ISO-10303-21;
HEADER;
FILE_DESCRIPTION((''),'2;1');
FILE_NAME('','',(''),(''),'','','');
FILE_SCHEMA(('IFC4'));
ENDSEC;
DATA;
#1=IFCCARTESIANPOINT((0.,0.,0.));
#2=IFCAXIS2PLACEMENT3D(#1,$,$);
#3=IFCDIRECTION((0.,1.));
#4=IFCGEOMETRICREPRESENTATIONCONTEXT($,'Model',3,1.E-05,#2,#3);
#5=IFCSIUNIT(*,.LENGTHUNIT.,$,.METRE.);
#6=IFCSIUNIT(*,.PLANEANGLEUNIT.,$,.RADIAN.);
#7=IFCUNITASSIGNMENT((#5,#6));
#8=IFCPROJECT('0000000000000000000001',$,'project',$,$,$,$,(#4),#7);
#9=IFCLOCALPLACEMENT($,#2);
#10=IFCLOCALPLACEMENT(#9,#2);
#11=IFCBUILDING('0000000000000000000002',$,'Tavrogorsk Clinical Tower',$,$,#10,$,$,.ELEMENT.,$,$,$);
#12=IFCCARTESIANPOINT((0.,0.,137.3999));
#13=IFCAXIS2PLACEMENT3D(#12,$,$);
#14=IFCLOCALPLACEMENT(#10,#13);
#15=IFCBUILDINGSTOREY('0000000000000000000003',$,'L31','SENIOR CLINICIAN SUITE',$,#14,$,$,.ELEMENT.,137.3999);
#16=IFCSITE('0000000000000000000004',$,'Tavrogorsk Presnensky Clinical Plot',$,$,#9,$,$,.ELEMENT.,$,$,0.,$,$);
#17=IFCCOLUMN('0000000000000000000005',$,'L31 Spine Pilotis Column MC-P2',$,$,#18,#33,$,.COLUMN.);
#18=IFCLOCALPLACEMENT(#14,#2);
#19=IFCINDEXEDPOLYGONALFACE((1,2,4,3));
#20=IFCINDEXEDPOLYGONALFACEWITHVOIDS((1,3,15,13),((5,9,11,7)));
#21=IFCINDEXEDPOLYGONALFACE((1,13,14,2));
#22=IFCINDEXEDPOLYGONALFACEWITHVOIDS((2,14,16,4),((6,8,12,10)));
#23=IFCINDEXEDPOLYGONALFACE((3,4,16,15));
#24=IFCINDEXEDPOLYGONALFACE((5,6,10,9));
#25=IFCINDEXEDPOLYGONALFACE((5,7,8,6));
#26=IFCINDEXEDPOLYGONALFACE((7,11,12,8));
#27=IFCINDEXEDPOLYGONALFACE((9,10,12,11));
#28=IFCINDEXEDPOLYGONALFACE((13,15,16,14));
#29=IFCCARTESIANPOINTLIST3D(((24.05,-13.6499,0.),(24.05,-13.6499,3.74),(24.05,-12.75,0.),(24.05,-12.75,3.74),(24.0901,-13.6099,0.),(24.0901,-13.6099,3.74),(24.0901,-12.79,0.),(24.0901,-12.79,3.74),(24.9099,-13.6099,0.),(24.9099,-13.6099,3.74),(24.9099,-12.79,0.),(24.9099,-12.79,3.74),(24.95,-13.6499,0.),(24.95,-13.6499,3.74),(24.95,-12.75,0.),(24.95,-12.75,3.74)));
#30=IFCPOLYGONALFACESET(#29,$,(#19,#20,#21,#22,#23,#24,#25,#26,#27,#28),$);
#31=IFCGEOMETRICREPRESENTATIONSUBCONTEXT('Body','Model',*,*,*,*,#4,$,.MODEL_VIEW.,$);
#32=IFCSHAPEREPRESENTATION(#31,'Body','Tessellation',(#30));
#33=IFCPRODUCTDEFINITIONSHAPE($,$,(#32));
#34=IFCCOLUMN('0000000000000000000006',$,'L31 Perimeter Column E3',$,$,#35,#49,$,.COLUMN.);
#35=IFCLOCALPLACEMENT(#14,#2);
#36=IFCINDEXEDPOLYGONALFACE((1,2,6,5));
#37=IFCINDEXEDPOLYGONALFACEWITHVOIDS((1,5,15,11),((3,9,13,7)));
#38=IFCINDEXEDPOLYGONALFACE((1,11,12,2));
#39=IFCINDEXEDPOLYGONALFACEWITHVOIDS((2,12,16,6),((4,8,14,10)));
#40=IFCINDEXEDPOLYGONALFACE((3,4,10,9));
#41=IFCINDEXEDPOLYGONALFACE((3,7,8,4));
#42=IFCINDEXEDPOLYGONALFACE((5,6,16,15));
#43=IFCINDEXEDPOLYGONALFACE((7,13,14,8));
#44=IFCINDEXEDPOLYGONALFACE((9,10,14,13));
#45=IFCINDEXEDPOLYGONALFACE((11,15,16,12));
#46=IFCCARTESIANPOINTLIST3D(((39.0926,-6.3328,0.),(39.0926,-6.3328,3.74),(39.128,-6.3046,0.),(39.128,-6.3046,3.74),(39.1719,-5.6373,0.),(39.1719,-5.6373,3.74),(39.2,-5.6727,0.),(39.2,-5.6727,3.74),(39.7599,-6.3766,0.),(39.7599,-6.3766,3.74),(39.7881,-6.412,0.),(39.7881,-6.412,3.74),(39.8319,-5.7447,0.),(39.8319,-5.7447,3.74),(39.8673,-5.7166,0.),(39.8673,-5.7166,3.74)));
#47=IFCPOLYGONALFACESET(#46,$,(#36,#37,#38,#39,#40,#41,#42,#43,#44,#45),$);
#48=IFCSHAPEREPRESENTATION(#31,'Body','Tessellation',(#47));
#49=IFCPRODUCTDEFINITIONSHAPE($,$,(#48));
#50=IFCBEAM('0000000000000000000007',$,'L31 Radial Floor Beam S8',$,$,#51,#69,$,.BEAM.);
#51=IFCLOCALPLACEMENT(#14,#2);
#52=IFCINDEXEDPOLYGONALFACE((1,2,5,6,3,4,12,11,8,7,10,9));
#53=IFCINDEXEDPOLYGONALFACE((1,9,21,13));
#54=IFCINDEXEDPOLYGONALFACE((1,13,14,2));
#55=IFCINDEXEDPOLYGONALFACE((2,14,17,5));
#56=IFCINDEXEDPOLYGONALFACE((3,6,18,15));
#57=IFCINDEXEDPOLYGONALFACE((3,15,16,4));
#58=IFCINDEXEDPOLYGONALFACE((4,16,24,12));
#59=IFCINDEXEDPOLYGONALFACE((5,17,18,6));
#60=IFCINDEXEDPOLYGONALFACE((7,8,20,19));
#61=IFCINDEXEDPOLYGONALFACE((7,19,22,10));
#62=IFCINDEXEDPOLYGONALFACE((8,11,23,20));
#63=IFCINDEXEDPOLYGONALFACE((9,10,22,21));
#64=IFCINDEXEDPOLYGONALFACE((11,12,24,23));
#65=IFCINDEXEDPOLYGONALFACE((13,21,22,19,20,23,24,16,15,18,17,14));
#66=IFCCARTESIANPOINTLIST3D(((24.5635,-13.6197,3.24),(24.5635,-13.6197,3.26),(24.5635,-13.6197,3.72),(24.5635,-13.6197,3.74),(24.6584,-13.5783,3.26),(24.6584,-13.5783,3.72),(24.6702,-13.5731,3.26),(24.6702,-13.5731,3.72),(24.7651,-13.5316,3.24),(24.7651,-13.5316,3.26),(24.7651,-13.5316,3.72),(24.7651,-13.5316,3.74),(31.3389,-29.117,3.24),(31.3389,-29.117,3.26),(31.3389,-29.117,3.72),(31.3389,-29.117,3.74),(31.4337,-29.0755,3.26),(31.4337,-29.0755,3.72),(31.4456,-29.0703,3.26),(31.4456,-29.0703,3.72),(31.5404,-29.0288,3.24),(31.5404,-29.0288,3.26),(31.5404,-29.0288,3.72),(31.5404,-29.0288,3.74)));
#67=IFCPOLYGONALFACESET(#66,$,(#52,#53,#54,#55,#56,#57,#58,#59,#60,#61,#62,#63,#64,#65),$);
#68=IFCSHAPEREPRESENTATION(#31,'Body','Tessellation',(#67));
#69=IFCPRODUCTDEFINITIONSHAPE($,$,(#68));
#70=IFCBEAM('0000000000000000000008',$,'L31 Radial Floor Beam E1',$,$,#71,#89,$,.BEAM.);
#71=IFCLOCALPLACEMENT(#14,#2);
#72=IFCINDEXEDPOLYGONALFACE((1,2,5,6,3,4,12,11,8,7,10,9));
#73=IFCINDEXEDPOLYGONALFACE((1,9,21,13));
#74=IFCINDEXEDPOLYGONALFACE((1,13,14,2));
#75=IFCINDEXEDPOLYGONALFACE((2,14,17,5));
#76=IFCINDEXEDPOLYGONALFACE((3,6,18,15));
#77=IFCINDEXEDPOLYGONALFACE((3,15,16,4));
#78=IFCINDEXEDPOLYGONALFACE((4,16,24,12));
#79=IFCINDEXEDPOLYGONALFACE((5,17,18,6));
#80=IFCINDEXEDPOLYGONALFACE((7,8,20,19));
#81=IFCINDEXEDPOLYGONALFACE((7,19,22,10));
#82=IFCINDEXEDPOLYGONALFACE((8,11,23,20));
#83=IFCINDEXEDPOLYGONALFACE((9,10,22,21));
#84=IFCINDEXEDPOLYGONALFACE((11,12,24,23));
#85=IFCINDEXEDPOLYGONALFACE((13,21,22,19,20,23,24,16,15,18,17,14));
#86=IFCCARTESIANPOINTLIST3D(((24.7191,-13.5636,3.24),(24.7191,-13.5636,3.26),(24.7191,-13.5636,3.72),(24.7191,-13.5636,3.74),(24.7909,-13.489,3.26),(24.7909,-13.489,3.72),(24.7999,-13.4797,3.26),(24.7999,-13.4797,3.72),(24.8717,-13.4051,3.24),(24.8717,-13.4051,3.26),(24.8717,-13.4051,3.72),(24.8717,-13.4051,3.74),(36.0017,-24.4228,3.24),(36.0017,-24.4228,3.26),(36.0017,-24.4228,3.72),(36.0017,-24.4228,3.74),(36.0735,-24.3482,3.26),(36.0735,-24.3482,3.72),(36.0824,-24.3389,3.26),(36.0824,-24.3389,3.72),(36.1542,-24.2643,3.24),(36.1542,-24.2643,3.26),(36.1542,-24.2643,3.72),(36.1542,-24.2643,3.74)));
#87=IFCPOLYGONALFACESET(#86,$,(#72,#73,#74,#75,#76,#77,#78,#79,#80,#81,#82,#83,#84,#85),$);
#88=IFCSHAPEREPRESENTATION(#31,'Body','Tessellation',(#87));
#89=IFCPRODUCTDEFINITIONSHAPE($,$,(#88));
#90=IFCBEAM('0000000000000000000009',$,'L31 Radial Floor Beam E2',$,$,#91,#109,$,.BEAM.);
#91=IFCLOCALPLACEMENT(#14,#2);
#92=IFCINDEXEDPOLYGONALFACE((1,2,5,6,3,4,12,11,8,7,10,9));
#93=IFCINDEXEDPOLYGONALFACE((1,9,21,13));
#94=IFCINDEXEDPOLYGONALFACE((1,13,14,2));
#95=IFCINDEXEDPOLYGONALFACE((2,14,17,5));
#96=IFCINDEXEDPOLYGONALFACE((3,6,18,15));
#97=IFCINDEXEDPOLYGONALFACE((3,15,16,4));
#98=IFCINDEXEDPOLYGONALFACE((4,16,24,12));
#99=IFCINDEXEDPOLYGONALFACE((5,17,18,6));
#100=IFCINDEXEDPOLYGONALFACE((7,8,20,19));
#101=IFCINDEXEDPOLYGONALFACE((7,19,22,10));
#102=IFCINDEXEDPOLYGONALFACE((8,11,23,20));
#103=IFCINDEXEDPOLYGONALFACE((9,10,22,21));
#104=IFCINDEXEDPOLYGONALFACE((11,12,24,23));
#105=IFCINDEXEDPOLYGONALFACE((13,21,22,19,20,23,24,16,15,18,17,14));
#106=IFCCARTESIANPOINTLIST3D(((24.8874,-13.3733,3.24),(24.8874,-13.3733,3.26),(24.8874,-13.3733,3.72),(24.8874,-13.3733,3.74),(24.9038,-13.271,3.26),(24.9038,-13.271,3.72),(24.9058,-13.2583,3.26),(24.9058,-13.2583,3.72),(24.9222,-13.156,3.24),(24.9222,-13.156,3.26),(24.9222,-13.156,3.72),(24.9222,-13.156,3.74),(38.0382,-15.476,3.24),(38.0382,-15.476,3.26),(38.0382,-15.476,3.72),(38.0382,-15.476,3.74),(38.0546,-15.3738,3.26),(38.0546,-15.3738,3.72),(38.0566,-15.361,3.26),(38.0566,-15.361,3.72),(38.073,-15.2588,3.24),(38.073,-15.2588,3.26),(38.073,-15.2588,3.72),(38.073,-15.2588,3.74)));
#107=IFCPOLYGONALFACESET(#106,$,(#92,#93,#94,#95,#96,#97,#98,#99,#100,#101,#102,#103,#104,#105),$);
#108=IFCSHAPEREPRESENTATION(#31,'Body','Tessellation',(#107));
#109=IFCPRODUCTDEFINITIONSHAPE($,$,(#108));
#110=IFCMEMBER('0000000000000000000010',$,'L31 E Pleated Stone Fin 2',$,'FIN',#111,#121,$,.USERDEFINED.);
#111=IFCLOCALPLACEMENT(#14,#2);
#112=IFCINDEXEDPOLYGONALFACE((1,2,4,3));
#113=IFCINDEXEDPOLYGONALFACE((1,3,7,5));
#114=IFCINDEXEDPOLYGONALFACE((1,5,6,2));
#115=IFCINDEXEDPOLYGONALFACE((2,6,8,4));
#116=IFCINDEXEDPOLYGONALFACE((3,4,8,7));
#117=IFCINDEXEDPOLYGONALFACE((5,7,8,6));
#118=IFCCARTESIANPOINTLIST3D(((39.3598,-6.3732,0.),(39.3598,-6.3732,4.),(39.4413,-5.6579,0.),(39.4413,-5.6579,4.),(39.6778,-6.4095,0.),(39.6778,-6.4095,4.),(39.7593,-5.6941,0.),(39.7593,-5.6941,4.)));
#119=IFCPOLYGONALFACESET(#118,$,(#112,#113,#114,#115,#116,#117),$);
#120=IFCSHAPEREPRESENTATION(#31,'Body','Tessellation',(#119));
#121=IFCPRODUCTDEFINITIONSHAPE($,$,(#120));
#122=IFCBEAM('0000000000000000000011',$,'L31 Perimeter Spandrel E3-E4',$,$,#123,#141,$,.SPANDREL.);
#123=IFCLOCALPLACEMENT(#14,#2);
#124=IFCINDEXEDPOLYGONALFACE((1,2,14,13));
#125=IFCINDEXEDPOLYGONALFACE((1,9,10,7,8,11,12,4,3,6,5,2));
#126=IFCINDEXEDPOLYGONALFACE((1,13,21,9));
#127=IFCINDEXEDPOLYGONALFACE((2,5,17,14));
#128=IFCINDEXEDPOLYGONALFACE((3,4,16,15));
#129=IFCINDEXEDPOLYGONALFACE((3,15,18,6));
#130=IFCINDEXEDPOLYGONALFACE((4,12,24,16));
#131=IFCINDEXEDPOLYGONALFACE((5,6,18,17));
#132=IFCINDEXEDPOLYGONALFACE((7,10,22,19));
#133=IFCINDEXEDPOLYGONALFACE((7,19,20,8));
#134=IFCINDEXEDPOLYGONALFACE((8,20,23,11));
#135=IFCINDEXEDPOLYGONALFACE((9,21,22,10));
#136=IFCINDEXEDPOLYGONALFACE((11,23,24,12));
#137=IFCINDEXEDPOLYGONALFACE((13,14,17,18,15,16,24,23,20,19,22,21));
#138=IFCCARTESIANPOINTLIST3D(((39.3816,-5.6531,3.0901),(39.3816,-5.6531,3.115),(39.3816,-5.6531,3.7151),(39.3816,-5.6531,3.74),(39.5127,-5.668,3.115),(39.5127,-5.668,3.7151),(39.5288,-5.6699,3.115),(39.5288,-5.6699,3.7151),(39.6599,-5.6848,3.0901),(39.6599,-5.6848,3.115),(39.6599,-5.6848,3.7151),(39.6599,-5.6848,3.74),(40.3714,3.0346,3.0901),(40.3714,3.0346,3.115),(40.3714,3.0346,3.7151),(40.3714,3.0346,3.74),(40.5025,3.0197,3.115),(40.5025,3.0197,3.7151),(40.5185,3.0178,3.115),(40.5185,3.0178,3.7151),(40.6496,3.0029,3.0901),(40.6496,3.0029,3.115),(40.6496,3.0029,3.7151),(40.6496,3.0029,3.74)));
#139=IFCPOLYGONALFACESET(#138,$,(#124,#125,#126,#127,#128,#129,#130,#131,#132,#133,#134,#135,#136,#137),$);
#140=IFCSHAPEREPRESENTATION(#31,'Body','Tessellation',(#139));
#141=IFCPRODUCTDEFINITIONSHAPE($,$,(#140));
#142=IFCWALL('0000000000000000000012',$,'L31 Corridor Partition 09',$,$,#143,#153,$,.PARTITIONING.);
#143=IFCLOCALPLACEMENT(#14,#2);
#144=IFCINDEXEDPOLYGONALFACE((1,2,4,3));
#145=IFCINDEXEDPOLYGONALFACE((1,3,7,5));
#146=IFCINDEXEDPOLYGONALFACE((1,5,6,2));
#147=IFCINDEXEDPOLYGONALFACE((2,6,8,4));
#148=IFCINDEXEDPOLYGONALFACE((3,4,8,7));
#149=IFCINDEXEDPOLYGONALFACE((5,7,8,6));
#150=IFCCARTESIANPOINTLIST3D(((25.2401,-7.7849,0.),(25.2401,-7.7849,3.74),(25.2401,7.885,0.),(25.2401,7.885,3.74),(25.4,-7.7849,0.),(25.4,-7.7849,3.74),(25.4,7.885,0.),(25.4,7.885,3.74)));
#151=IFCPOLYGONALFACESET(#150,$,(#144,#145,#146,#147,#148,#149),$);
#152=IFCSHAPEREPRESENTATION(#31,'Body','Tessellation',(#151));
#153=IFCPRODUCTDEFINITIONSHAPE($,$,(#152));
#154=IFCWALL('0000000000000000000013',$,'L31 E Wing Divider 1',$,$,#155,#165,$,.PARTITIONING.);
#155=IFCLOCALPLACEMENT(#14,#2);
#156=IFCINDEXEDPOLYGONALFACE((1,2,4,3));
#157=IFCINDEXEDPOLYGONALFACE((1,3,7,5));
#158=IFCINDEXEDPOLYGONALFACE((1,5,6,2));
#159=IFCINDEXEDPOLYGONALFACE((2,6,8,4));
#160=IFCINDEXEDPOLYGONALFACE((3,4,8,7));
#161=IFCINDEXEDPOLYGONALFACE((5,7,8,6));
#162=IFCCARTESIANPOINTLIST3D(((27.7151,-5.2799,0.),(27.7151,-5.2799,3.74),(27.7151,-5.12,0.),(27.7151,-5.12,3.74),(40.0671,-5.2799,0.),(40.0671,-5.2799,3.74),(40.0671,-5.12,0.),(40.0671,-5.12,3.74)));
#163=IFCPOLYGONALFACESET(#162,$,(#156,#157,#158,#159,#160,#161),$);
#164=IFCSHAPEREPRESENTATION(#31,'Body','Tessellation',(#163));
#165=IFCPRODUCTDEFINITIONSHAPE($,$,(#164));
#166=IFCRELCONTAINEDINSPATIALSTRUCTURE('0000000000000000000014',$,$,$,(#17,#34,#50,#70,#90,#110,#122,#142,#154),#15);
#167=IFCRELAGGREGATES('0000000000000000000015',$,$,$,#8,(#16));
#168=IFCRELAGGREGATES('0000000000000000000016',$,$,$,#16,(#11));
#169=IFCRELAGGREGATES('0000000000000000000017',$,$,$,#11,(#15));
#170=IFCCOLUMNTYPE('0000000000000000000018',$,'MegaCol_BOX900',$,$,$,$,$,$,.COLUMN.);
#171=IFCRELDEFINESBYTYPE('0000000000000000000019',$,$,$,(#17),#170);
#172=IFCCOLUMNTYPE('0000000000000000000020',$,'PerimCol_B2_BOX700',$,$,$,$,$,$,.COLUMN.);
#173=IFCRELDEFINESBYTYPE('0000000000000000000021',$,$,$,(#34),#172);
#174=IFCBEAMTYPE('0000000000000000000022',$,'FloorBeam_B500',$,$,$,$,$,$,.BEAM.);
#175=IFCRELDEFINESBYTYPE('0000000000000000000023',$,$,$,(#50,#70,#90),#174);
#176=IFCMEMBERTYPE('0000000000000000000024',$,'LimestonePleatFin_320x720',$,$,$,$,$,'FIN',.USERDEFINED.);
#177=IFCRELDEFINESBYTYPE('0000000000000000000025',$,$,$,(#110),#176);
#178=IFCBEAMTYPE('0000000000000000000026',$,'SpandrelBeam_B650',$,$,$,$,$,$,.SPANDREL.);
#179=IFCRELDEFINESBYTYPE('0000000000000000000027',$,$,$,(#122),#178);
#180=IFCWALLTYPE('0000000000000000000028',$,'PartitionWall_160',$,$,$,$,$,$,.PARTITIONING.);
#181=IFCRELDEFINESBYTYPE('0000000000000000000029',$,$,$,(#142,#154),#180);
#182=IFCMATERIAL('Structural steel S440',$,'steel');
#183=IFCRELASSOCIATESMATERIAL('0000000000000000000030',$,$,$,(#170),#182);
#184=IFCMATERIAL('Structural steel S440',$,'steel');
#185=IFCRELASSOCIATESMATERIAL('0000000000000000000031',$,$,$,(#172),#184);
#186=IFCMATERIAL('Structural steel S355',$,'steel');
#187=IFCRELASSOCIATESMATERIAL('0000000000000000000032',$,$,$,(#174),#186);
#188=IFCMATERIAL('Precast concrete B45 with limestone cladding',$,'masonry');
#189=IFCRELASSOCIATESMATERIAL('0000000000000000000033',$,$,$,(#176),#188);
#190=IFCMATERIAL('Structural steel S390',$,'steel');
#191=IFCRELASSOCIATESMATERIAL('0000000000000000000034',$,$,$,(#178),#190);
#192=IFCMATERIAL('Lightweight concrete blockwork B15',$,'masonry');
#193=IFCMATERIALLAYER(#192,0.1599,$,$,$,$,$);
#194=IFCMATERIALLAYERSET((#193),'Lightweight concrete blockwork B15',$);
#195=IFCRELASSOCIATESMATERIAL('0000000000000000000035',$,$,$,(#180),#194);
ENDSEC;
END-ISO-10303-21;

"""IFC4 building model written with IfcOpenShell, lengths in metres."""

from ifc_helpers import new_model, si_unit, direction, frame, frame_2d, origin, origin_2d, place, context, subcontext, project, spatial, rectangle, hollow_rectangle, i_section, extrude, material, layer, layer_set, material_profile, profile_set, type_object, element, save


model = new_model("IFC4")

# Units and contexts
model_context = context("Model", 3, precision=1e-05, world=origin(), true_north=direction((0.0, 1.0)))
body_context = subcontext(model_context, "Body", "Model", "MODEL_VIEW")
ifc_project = project(units=[si_unit("LENGTHUNIT", "METRE"), si_unit("PLANEANGLEUNIT", "RADIAN")], contexts=[model_context])

# Site, building, storey
site_placement = place(None, origin())
site = spatial("IfcSite", under=ifc_project, at=site_placement, Name="Tavrogorsk Presnensky Clinical Plot", CompositionType="ELEMENT", RefElevation=0.0)
building_placement = place(site_placement, origin())
building = spatial("IfcBuilding", under=site, at=building_placement, Name="Tavrogorsk Clinical Tower", CompositionType="ELEMENT")
storey_placement = place(building_placement, frame((0.0, 0.0, 137.3999)))
storey = spatial("IfcBuildingStorey", under=building, at=storey_placement, Name="L31", Description="SENIOR CLINICIAN SUITE", CompositionType="ELEMENT", Elevation=137.3999)

# Columns
ifc_material_1 = material(Name="Structural steel S440", Category="steel")
ifc_material_profile_1 = material_profile(ifc_material_1, hollow_rectangle(XDim=0.8999, YDim=0.8999, WallThickness=0.04, at=origin_2d()), Name="BOX-900x900x40")
ifc_profile_set_1 = profile_set([ifc_material_profile_1], Name="Structural steel S440")
column_type_1 = type_object("IfcColumnType", Name="MegaCol_BOX900", PredefinedType="COLUMN", material=ifc_profile_set_1)
column_1_placement = place(storey_placement, frame((24.5, -13.2, 0.0), z_axis=(0.0, 0.0, 1.0), x_axis=(1.0, 0.0, 0.0)))
element("IfcColumn", 1, at=column_1_placement, inside=storey, type_object=column_type_1, Name="L31 Spine Pilotis Column MC-P2", PredefinedType="COLUMN", context=body_context, shape_type="SweptSolid", body=[
    extrude(hollow_rectangle(XDim=0.8999, YDim=0.8999, WallThickness=0.04, at=origin_2d()), origin(), (0.0, 0.0, 1.0), 3.74),
])
ifc_material_2 = material(Name="Structural steel S440", Category="steel")
ifc_material_profile_2 = material_profile(ifc_material_2, hollow_rectangle(XDim=0.7, YDim=0.7, WallThickness=0.032, at=origin_2d()), Name="BOX-700x700x32")
ifc_profile_set_2 = profile_set([ifc_material_profile_2], Name="Structural steel S440")
column_type_2 = type_object("IfcColumnType", Name="PerimCol_B2_BOX700", PredefinedType="COLUMN", material=ifc_profile_set_2)
column_2_placement = place(storey_placement, frame((39.48, -6.0247, 0.0), z_axis=(0.0, 0.0, 1.0), x_axis=(0.993572, -0.113203, 0.0)))
element("IfcColumn", 2, at=column_2_placement, inside=storey, type_object=column_type_2, Name="L31 Perimeter Column E3", PredefinedType="COLUMN", context=body_context, shape_type="SweptSolid", body=[
    extrude(hollow_rectangle(XDim=0.7, YDim=0.7, WallThickness=0.032, at=origin_2d()), origin(), (0.0, 0.0, 1.0), 3.74),
])

# Beams
ifc_material_3 = material(Name="Structural steel S355", Category="steel")
ifc_material_profile_3 = material_profile(ifc_material_3, i_section(OverallWidth=0.22, OverallDepth=0.5, WebThickness=0.0129, FlangeThickness=0.02, at=origin_2d()), Name="B-500x220x13x20")
ifc_profile_set_3 = profile_set([ifc_material_profile_3], Name="Structural steel S355")
beam_type_1 = type_object("IfcBeamType", Name="FloorBeam_B500", PredefinedType="BEAM", material=ifc_profile_set_3)
beam_1_placement = place(storey_placement, frame((24.6643, -13.5757, 3.49), z_axis=(0.400586, -0.916259, 0.0), x_axis=(0.916259, 0.400586, 0.0)))
element("IfcBeam", 3, at=beam_1_placement, inside=storey, type_object=beam_type_1, Name="L31 Radial Floor Beam S8", PredefinedType="BEAM", context=body_context, shape_type="SweptSolid", body=[
    extrude(i_section(OverallWidth=0.22, OverallDepth=0.5, WebThickness=0.0129, FlangeThickness=0.02, at=origin_2d()), origin(), (0.0, 0.0, 1.0), 16.9136),
])
beam_2_placement = place(storey_placement, frame((24.7954, -13.4844, 3.49), z_axis=(0.720495, -0.69346, 0.0), x_axis=(0.69346, 0.720495, 0.0)))
element("IfcBeam", 4, at=beam_2_placement, inside=storey, type_object=beam_type_1, Name="L31 Radial Floor Beam E1", PredefinedType="BEAM", context=body_context, shape_type="SweptSolid", body=[
    extrude(i_section(OverallWidth=0.22, OverallDepth=0.5, WebThickness=0.0129, FlangeThickness=0.02, at=origin_2d()), origin(), (0.0, 0.0, 1.0), 15.6594),
])
beam_3_placement = place(storey_placement, frame((24.9048, -13.2646, 3.49), z_axis=(0.987457, -0.157891, 0.0), x_axis=(0.157891, 0.987457, 0.0)))
element("IfcBeam", 5, at=beam_3_placement, inside=storey, type_object=beam_type_1, Name="L31 Radial Floor Beam E2", PredefinedType="BEAM", context=body_context, shape_type="SweptSolid", body=[
    extrude(i_section(OverallWidth=0.22, OverallDepth=0.5, WebThickness=0.0129, FlangeThickness=0.02, at=origin_2d()), origin(), (0.0, 0.0, 1.0), 13.3179),
])

# Member
ifc_material_4 = material(Name="Precast concrete B45 with limestone cladding", Category="masonry")
ifc_material_profile_4 = material_profile(ifc_material_4, rectangle(XDim=0.3201, YDim=0.72, at=origin_2d()), Name="LIMESTONE-FIN-320x720")
ifc_profile_set_4 = profile_set([ifc_material_profile_4], Name="Precast concrete B45 with limestone cladding")
member_type = type_object("IfcMemberType", Name="LimestonePleatFin_320x720", ElementType="FIN", PredefinedType="USERDEFINED", material=ifc_profile_set_4)
member_placement = place(storey_placement, frame((39.5596, -6.0337, 0.0), z_axis=(0.0, 0.0, 1.0), x_axis=(0.993572, -0.113203, 0.0)))
element("IfcMember", 6, at=member_placement, inside=storey, type_object=member_type, Name="L31 E Pleated Stone Fin 2", ObjectType="FIN", PredefinedType="USERDEFINED", context=body_context, shape_type="SweptSolid", body=[
    extrude(rectangle(XDim=0.3201, YDim=0.72, at=origin_2d()), origin(), (0.0, 0.0, 1.0), 4.0),
])

# Beam
ifc_material_5 = material(Name="Structural steel S390", Category="steel")
ifc_material_profile_5 = material_profile(ifc_material_5, i_section(OverallWidth=0.28, OverallDepth=0.6499, WebThickness=0.0161, FlangeThickness=0.0249, at=origin_2d()), Name="B-650x280x16x25")
ifc_profile_set_5 = profile_set([ifc_material_profile_5], Name="Structural steel S390")
beam_type_2 = type_object("IfcBeamType", Name="SpandrelBeam_B650", PredefinedType="SPANDREL", material=ifc_profile_set_5)
beam_4_placement = place(storey_placement, frame((39.5208, -5.6689, 3.415), z_axis=(0.113192, 0.993573, 0.0), x_axis=(-0.993573, 0.113192, 0.0)))
element("IfcBeam", 7, at=beam_4_placement, inside=storey, type_object=beam_type_2, Name="L31 Perimeter Spandrel E3-E4", PredefinedType="SPANDREL", context=body_context, shape_type="SweptSolid", body=[
    extrude(i_section(OverallWidth=0.28, OverallDepth=0.6499, WebThickness=0.0161, FlangeThickness=0.0249, at=origin_2d()), origin(), (0.0, 0.0, 1.0), 8.7439),
])

# Shared definitions
ifc_material_6 = material(Name="Lightweight concrete blockwork B15", Category="masonry")
ifc_layer = layer(ifc_material_6, 0.1599)
ifc_layer_set = layer_set([ifc_layer], Name="Lightweight concrete blockwork B15")
wall_type = type_object("IfcWallType", Name="PartitionWall_160", PredefinedType="PARTITIONING", material=ifc_layer_set)

# Walls
wall_1_placement = place(storey_placement, frame((25.3201, -7.7849, 0.0), z_axis=(0.0, 0.0, 1.0), x_axis=(0.0, 1.0, 0.0)))
element("IfcWall", 8, at=wall_1_placement, inside=storey, type_object=wall_type, Name="L31 Corridor Partition 09", PredefinedType="PARTITIONING", context=body_context, shape_type="SweptSolid", body=[
    extrude(rectangle(XDim=15.6699, YDim=0.1599, at=frame_2d((7.835, 0.0))), origin(), (0.0, 0.0, 1.0), 3.74),
])
wall_2_placement = place(storey_placement, frame((27.7151, -5.2, 0.0), z_axis=(0.0, 0.0, 1.0), x_axis=(1.0, 0.0, 0.0)))
element("IfcWall", 9, at=wall_2_placement, inside=storey, type_object=wall_type, Name="L31 E Wing Divider 1", PredefinedType="PARTITIONING", context=body_context, shape_type="SweptSolid", body=[
    extrude(rectangle(XDim=12.3521, YDim=0.1599, at=frame_2d((6.176, 0.0))), origin(), (0.0, 0.0, 1.0), 3.74),
])

save(model, "model.ifc")
